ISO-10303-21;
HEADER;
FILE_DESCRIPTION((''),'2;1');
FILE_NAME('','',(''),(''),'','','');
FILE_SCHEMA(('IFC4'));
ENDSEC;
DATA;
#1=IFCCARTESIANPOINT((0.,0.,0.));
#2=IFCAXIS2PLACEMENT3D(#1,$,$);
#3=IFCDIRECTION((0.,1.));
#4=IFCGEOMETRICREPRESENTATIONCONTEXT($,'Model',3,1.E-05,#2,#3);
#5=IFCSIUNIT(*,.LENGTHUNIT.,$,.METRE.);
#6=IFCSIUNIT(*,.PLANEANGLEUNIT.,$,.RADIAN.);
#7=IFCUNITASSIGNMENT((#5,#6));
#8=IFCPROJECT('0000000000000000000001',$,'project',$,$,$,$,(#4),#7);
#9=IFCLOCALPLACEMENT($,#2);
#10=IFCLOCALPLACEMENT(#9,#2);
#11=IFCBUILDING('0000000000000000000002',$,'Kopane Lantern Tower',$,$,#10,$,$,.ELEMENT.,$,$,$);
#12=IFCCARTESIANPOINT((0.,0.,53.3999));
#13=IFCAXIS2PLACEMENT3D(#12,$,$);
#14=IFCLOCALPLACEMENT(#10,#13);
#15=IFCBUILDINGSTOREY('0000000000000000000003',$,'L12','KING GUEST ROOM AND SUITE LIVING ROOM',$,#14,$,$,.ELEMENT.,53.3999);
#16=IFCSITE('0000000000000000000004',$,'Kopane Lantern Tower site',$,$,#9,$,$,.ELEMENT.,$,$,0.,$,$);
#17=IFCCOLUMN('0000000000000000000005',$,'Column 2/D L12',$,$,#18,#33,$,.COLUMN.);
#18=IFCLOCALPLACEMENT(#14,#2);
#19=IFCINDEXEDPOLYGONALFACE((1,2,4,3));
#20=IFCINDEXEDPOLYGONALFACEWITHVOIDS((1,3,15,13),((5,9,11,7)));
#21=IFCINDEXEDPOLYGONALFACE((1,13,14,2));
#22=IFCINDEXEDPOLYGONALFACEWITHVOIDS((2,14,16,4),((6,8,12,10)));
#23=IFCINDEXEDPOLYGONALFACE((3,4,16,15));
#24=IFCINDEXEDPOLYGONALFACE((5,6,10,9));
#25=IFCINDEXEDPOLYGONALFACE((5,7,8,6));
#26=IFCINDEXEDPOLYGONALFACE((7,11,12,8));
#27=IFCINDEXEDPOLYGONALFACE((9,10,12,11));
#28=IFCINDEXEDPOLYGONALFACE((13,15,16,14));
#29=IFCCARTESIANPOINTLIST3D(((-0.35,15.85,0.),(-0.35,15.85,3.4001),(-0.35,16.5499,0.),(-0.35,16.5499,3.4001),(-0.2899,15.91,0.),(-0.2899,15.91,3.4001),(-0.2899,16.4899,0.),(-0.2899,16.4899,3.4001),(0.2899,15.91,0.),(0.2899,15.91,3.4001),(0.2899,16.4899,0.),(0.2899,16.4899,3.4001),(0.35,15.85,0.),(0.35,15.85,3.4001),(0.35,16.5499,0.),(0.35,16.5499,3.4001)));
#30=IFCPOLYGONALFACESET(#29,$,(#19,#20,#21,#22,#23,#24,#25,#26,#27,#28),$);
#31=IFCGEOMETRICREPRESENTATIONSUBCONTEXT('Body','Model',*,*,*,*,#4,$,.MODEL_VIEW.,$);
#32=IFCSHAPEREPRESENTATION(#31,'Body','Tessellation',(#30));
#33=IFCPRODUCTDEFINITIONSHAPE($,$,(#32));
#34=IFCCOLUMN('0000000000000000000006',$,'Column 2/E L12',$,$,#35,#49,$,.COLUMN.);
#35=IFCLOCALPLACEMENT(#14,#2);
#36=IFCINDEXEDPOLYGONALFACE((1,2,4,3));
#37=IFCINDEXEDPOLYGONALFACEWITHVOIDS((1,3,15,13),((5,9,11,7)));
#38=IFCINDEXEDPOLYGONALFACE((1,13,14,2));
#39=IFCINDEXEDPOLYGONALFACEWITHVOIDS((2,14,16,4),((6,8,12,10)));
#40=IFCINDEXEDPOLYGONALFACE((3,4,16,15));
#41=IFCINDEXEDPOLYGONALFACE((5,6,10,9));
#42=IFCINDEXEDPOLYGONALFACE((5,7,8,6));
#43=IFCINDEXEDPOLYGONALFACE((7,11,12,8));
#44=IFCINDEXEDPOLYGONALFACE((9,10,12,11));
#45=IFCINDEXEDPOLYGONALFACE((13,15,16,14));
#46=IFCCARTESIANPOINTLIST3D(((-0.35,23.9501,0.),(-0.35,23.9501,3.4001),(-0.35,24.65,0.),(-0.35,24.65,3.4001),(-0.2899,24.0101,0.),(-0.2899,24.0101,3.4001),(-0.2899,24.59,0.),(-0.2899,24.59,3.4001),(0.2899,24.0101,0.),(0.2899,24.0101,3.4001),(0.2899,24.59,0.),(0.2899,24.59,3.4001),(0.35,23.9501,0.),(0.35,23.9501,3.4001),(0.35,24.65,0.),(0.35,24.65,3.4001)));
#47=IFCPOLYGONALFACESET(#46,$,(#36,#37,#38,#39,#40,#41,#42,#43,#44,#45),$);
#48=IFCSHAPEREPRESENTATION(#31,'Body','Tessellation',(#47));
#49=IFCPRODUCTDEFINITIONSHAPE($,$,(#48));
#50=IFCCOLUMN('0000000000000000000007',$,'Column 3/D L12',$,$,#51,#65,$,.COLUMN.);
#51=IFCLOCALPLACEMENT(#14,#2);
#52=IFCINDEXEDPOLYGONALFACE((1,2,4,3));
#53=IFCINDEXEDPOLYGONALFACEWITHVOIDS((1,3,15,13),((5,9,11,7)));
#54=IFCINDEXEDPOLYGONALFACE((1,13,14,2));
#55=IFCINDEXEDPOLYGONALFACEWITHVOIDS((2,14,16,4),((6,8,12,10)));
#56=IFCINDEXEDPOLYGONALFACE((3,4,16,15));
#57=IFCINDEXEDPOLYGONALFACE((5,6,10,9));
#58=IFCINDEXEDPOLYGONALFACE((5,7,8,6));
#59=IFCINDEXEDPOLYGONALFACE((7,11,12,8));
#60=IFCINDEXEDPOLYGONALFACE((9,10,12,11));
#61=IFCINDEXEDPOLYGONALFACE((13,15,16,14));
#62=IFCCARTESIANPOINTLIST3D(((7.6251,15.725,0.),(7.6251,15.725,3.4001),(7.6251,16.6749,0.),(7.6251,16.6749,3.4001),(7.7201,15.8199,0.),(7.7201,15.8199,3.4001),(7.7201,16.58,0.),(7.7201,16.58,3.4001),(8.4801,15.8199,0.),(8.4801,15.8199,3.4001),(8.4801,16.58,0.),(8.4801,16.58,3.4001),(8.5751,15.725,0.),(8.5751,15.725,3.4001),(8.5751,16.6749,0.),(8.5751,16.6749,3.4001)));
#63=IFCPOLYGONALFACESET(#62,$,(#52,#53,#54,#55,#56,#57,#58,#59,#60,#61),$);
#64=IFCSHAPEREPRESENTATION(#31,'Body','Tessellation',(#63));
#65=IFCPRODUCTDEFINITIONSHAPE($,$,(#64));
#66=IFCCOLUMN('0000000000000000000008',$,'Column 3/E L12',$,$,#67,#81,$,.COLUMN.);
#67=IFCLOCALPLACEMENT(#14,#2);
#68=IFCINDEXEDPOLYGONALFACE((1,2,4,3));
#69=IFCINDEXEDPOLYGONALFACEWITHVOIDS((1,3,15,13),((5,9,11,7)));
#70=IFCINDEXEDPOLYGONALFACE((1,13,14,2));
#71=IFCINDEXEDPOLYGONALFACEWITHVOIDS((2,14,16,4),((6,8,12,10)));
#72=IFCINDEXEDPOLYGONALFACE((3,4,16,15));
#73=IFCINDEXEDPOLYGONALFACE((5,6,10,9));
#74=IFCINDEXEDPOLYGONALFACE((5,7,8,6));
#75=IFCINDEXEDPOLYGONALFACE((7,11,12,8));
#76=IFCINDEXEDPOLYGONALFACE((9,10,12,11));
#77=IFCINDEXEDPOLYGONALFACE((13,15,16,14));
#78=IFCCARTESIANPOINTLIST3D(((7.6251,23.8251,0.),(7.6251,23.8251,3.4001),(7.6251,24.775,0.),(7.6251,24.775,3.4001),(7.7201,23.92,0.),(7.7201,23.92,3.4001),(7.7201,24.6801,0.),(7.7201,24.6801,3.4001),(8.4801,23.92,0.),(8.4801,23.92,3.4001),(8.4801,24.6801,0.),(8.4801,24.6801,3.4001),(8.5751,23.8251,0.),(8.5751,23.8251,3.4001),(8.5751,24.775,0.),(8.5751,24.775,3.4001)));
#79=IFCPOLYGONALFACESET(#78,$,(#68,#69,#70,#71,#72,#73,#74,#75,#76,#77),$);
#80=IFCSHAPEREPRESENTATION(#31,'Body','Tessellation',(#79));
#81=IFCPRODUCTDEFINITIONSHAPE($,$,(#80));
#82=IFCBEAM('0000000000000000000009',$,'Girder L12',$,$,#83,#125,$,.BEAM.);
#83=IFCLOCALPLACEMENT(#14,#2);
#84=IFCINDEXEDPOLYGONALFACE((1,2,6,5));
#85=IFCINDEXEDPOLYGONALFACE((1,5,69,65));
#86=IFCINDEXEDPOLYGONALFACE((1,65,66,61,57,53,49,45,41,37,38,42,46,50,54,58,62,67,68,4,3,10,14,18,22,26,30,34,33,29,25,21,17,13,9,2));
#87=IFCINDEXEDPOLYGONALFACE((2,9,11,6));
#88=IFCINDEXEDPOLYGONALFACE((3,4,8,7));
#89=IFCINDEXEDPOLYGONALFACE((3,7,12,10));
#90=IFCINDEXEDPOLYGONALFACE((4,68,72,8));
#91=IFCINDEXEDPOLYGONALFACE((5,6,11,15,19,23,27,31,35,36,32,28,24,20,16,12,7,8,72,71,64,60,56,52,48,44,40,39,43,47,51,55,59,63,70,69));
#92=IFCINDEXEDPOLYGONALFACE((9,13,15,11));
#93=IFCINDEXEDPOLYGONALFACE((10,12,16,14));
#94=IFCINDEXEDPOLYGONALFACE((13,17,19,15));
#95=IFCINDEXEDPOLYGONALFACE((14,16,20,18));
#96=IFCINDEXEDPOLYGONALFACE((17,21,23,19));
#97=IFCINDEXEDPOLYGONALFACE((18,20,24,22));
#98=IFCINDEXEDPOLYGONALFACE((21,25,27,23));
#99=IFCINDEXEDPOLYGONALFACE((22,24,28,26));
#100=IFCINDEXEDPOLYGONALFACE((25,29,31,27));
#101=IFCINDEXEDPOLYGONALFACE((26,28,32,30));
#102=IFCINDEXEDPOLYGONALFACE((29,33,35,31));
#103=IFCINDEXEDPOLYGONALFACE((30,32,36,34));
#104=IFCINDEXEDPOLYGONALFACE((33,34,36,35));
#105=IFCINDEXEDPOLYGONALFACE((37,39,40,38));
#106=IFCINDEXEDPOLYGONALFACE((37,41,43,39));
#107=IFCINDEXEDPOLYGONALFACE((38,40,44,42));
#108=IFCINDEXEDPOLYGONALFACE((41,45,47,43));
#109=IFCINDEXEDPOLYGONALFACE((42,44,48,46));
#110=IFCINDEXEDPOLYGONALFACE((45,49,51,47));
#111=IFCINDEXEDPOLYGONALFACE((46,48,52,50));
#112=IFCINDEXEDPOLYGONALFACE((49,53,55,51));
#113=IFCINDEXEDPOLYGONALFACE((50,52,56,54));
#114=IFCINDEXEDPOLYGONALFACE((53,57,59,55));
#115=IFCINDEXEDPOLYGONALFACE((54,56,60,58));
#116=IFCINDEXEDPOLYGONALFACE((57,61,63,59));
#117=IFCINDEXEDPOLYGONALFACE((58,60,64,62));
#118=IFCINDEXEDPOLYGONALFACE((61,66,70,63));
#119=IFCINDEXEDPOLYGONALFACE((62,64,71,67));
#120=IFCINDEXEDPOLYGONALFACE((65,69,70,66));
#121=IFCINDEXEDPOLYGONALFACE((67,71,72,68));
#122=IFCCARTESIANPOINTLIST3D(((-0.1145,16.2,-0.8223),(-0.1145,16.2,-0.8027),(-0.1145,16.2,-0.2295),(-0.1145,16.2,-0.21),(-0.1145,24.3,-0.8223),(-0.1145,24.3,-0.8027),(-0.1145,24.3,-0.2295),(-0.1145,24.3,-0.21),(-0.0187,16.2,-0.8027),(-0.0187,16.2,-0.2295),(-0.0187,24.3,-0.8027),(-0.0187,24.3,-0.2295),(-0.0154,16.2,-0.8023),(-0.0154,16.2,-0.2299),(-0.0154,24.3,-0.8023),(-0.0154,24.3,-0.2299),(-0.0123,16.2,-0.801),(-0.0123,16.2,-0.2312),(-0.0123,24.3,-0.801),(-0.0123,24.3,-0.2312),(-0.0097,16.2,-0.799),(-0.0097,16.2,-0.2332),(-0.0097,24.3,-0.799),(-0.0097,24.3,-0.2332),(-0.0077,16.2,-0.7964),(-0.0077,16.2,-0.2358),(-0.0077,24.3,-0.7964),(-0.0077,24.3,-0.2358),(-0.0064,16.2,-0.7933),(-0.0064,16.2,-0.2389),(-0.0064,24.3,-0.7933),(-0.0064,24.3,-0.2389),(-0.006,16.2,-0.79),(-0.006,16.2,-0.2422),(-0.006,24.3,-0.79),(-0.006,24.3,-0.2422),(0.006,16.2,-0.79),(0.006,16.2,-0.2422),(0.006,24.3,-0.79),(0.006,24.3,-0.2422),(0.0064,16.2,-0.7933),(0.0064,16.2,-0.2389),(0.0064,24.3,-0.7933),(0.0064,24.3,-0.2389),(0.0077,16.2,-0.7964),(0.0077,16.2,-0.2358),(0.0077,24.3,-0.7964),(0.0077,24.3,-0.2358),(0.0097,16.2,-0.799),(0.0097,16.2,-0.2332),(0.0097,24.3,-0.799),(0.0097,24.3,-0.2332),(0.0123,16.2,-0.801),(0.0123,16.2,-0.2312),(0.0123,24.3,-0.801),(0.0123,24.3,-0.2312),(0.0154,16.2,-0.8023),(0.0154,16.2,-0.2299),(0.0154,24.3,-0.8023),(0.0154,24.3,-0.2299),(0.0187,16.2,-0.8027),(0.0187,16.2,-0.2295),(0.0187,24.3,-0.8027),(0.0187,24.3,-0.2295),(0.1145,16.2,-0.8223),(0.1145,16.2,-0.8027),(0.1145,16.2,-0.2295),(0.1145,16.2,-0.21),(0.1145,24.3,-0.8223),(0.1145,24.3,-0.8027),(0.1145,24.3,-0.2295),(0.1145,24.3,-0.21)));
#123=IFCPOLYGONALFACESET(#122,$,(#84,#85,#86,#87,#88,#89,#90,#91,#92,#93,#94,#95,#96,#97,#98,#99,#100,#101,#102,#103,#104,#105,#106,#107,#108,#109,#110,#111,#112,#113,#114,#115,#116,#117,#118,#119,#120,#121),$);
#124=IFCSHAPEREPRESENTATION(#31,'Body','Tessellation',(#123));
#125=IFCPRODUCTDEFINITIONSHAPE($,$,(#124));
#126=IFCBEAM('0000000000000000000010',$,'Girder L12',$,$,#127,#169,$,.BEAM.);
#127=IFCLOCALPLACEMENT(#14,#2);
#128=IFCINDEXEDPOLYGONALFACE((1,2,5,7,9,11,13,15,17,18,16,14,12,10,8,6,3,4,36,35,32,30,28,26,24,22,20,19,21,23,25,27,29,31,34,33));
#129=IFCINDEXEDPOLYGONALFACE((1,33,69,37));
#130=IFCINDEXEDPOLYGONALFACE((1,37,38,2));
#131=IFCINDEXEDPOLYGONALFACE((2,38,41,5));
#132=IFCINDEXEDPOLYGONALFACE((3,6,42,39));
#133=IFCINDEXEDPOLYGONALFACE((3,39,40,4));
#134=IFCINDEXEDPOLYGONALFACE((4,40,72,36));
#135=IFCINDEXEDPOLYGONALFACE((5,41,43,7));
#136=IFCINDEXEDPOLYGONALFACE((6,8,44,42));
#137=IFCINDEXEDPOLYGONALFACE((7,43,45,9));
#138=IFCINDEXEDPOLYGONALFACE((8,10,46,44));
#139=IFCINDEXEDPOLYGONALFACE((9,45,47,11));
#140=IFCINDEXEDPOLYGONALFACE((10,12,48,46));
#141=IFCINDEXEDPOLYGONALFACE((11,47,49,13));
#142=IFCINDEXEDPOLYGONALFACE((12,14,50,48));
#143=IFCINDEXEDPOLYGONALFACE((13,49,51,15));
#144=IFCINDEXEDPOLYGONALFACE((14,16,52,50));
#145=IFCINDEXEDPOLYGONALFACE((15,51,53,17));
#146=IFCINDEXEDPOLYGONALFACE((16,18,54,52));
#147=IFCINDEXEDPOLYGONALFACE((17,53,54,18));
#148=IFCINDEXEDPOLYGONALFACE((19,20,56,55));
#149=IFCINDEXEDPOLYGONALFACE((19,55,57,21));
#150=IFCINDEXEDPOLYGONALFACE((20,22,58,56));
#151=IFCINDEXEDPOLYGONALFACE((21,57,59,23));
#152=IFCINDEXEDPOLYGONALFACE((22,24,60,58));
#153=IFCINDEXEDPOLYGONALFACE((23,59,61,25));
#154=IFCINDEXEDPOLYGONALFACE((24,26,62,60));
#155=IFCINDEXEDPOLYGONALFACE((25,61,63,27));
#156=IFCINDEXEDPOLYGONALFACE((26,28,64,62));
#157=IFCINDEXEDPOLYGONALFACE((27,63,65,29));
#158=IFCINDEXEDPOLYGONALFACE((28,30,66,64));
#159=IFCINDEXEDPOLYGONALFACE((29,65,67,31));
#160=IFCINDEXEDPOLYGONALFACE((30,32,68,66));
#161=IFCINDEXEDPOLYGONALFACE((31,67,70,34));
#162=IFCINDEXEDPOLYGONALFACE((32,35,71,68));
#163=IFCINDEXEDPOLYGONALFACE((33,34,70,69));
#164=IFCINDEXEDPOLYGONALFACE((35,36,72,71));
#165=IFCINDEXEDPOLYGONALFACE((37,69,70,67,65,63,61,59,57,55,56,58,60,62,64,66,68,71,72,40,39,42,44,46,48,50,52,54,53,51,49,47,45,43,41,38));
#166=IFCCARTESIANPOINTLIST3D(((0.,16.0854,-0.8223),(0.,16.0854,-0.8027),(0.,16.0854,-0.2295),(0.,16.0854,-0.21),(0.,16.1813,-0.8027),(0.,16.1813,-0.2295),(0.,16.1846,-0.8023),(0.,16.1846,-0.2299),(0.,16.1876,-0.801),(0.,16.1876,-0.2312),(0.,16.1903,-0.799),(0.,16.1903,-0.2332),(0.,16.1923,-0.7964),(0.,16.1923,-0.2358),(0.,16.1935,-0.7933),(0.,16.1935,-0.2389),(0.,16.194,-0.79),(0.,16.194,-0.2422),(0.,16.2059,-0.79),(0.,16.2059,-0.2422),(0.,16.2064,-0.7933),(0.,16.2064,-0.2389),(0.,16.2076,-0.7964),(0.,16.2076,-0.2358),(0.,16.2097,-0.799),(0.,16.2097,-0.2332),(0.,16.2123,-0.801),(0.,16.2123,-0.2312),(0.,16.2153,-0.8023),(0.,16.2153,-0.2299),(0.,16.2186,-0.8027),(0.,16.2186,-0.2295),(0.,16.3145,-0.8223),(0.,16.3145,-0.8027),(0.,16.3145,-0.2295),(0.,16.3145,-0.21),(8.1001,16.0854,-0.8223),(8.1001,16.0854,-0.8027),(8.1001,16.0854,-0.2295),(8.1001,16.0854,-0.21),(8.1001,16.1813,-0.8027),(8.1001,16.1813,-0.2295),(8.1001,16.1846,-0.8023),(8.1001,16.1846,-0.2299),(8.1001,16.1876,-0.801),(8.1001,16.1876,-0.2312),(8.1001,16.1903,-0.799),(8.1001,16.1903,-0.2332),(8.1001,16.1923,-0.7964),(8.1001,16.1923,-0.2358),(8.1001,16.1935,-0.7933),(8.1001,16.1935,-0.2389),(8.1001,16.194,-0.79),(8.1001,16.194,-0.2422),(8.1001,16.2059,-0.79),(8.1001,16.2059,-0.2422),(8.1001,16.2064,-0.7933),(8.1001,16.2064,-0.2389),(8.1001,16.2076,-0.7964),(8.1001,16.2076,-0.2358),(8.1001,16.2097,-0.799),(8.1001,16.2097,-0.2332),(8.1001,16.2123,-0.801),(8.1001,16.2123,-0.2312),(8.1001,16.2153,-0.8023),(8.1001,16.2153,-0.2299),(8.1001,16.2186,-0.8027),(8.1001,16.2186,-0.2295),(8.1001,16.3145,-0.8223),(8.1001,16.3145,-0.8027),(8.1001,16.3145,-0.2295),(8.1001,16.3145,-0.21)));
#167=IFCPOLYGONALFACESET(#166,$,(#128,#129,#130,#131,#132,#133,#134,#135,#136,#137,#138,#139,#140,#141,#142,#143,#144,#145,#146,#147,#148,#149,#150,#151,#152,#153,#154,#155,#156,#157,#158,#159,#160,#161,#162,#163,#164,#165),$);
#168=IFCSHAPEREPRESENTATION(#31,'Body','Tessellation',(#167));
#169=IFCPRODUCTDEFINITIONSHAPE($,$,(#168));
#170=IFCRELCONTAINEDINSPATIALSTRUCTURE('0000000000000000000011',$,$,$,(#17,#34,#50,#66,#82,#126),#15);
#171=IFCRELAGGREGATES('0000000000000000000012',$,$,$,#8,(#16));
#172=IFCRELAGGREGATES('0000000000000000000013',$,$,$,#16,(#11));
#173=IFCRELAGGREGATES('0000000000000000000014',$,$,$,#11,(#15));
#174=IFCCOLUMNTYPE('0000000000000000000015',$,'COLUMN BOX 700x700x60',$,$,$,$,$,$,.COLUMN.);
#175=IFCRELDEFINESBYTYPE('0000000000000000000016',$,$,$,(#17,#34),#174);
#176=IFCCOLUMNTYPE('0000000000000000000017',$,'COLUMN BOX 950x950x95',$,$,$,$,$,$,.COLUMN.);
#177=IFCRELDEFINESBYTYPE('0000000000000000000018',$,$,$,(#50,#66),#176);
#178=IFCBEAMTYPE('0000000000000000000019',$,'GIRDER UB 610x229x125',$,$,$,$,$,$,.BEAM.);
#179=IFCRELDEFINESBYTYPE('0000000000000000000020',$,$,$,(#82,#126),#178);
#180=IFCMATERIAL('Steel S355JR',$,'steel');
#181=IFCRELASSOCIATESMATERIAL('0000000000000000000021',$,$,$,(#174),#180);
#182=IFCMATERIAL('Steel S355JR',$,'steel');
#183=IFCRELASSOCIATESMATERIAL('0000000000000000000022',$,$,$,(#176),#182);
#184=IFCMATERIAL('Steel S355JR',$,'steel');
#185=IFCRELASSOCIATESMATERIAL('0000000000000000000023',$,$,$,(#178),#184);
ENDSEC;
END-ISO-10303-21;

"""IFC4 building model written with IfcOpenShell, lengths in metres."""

from ifc_helpers import new_model, si_unit, direction, frame, origin, origin_2d, place, context, subcontext, project, spatial, hollow_rectangle, i_section, extrude, material, material_profile, profile_set, type_object, element, save


model = new_model("IFC4")

# Units and contexts
model_context = context("Model", 3, precision=1e-05, world=origin(), true_north=direction((0.0, 1.0)))
body_context = subcontext(model_context, "Body", "Model", "MODEL_VIEW")
ifc_project = project(units=[si_unit("LENGTHUNIT", "METRE"), si_unit("PLANEANGLEUNIT", "RADIAN")], contexts=[model_context])

# Site, building, storey
site_placement = place(None, origin())
site = spatial("IfcSite", under=ifc_project, at=site_placement, Name="Kopane Lantern Tower site", CompositionType="ELEMENT", RefElevation=0.0)
building_placement = place(site_placement, origin())
building = spatial("IfcBuilding", under=site, at=building_placement, Name="Kopane Lantern Tower", CompositionType="ELEMENT")
storey_placement = place(building_placement, frame((0.0, 0.0, 53.3999)))
storey = spatial("IfcBuildingStorey", under=building, at=storey_placement, Name="L12", Description="KING GUEST ROOM AND SUITE LIVING ROOM", CompositionType="ELEMENT", Elevation=53.3999)

# Columns
ifc_material_1 = material(Name="Steel S355JR", Category="steel")
ifc_material_profile_1 = material_profile(ifc_material_1, hollow_rectangle(XDim=0.7, YDim=0.7, WallThickness=0.0601, at=origin_2d()), Name="BOX 700x700x60")
ifc_profile_set_1 = profile_set([ifc_material_profile_1], Name="Steel S355JR")
column_type_1 = type_object("IfcColumnType", Name="COLUMN BOX 700x700x60", PredefinedType="COLUMN", material=ifc_profile_set_1)
for number, where, z_axis, x_axis, name in (
    (1, (0.0, 16.2, 0.0), (0.0, 0.0, 1.0), (1.0, 0.0, 0.0), "Column 2/D L12"),
    (2, (0.0, 24.3, 0.0), (0.0, 0.0, 1.0), (1.0, 0.0, 0.0), "Column 2/E L12"),
):
    element("IfcColumn", number, at=place(storey_placement, frame(where, z_axis=z_axis, x_axis=x_axis)), inside=storey, type_object=column_type_1, Name=name, PredefinedType="COLUMN", context=body_context, shape_type="SweptSolid", body=[
        extrude(hollow_rectangle(XDim=0.7, YDim=0.7, WallThickness=0.0601, at=origin_2d()), origin(), (0.0, 0.0, 1.0), 3.4001),
    ])
ifc_material_2 = material(Name="Steel S355JR", Category="steel")
ifc_material_profile_2 = material_profile(ifc_material_2, hollow_rectangle(XDim=0.95, YDim=0.95, WallThickness=0.095, at=origin_2d()), Name="BOX 950x950x95")
ifc_profile_set_2 = profile_set([ifc_material_profile_2], Name="Steel S355JR")
column_type_2 = type_object("IfcColumnType", Name="COLUMN BOX 950x950x95", PredefinedType="COLUMN", material=ifc_profile_set_2)
for number, where, z_axis, x_axis, name in (
    (3, (8.1001, 16.2, 0.0), (0.0, 0.0, 1.0), (1.0, 0.0, 0.0), "Column 3/D L12"),
    (4, (8.1001, 24.3, 0.0), (0.0, 0.0, 1.0), (1.0, 0.0, 0.0), "Column 3/E L12"),
):
    element("IfcColumn", number, at=place(storey_placement, frame(where, z_axis=z_axis, x_axis=x_axis)), inside=storey, type_object=column_type_2, Name=name, PredefinedType="COLUMN", context=body_context, shape_type="SweptSolid", body=[
        extrude(hollow_rectangle(XDim=0.95, YDim=0.95, WallThickness=0.095, at=origin_2d()), origin(), (0.0, 0.0, 1.0), 3.4001),
    ])

# Beams
ifc_material_3 = material(Name="Steel S355JR", Category="steel")
ifc_material_profile_3 = material_profile(ifc_material_3, i_section(OverallWidth=0.229, OverallDepth=0.6123, WebThickness=0.012, FlangeThickness=0.0195, FilletRadius=0.0127, at=origin_2d()), Name="UB 610x229x125")
ifc_profile_set_3 = profile_set([ifc_material_profile_3], Name="Steel S355JR")
beam_type = type_object("IfcBeamType", Name="GIRDER UB 610x229x125", PredefinedType="BEAM", material=ifc_profile_set_3)
for number, where, z_axis, x_axis, name in (
    (5, (0.0, 16.2, -0.5161), (0.0, 1.0, 0.0), (-1.0, 0.0, 0.0), "Girder L12"),
    (6, (0.0, 16.2, -0.5161), (1.0, 0.0, 0.0), (0.0, 1.0, 0.0), "Girder L12"),
):
    element("IfcBeam", number, at=place(storey_placement, frame(where, z_axis=z_axis, x_axis=x_axis)), inside=storey, type_object=beam_type, Name=name, PredefinedType="BEAM", context=body_context, shape_type="SweptSolid", body=[
        extrude(i_section(OverallWidth=0.229, OverallDepth=0.6123, WebThickness=0.012, FlangeThickness=0.0195, FilletRadius=0.0127, at=origin_2d()), origin(), (0.0, 0.0, 1.0), 8.1001),
    ])

save(model, "model.ifc")
